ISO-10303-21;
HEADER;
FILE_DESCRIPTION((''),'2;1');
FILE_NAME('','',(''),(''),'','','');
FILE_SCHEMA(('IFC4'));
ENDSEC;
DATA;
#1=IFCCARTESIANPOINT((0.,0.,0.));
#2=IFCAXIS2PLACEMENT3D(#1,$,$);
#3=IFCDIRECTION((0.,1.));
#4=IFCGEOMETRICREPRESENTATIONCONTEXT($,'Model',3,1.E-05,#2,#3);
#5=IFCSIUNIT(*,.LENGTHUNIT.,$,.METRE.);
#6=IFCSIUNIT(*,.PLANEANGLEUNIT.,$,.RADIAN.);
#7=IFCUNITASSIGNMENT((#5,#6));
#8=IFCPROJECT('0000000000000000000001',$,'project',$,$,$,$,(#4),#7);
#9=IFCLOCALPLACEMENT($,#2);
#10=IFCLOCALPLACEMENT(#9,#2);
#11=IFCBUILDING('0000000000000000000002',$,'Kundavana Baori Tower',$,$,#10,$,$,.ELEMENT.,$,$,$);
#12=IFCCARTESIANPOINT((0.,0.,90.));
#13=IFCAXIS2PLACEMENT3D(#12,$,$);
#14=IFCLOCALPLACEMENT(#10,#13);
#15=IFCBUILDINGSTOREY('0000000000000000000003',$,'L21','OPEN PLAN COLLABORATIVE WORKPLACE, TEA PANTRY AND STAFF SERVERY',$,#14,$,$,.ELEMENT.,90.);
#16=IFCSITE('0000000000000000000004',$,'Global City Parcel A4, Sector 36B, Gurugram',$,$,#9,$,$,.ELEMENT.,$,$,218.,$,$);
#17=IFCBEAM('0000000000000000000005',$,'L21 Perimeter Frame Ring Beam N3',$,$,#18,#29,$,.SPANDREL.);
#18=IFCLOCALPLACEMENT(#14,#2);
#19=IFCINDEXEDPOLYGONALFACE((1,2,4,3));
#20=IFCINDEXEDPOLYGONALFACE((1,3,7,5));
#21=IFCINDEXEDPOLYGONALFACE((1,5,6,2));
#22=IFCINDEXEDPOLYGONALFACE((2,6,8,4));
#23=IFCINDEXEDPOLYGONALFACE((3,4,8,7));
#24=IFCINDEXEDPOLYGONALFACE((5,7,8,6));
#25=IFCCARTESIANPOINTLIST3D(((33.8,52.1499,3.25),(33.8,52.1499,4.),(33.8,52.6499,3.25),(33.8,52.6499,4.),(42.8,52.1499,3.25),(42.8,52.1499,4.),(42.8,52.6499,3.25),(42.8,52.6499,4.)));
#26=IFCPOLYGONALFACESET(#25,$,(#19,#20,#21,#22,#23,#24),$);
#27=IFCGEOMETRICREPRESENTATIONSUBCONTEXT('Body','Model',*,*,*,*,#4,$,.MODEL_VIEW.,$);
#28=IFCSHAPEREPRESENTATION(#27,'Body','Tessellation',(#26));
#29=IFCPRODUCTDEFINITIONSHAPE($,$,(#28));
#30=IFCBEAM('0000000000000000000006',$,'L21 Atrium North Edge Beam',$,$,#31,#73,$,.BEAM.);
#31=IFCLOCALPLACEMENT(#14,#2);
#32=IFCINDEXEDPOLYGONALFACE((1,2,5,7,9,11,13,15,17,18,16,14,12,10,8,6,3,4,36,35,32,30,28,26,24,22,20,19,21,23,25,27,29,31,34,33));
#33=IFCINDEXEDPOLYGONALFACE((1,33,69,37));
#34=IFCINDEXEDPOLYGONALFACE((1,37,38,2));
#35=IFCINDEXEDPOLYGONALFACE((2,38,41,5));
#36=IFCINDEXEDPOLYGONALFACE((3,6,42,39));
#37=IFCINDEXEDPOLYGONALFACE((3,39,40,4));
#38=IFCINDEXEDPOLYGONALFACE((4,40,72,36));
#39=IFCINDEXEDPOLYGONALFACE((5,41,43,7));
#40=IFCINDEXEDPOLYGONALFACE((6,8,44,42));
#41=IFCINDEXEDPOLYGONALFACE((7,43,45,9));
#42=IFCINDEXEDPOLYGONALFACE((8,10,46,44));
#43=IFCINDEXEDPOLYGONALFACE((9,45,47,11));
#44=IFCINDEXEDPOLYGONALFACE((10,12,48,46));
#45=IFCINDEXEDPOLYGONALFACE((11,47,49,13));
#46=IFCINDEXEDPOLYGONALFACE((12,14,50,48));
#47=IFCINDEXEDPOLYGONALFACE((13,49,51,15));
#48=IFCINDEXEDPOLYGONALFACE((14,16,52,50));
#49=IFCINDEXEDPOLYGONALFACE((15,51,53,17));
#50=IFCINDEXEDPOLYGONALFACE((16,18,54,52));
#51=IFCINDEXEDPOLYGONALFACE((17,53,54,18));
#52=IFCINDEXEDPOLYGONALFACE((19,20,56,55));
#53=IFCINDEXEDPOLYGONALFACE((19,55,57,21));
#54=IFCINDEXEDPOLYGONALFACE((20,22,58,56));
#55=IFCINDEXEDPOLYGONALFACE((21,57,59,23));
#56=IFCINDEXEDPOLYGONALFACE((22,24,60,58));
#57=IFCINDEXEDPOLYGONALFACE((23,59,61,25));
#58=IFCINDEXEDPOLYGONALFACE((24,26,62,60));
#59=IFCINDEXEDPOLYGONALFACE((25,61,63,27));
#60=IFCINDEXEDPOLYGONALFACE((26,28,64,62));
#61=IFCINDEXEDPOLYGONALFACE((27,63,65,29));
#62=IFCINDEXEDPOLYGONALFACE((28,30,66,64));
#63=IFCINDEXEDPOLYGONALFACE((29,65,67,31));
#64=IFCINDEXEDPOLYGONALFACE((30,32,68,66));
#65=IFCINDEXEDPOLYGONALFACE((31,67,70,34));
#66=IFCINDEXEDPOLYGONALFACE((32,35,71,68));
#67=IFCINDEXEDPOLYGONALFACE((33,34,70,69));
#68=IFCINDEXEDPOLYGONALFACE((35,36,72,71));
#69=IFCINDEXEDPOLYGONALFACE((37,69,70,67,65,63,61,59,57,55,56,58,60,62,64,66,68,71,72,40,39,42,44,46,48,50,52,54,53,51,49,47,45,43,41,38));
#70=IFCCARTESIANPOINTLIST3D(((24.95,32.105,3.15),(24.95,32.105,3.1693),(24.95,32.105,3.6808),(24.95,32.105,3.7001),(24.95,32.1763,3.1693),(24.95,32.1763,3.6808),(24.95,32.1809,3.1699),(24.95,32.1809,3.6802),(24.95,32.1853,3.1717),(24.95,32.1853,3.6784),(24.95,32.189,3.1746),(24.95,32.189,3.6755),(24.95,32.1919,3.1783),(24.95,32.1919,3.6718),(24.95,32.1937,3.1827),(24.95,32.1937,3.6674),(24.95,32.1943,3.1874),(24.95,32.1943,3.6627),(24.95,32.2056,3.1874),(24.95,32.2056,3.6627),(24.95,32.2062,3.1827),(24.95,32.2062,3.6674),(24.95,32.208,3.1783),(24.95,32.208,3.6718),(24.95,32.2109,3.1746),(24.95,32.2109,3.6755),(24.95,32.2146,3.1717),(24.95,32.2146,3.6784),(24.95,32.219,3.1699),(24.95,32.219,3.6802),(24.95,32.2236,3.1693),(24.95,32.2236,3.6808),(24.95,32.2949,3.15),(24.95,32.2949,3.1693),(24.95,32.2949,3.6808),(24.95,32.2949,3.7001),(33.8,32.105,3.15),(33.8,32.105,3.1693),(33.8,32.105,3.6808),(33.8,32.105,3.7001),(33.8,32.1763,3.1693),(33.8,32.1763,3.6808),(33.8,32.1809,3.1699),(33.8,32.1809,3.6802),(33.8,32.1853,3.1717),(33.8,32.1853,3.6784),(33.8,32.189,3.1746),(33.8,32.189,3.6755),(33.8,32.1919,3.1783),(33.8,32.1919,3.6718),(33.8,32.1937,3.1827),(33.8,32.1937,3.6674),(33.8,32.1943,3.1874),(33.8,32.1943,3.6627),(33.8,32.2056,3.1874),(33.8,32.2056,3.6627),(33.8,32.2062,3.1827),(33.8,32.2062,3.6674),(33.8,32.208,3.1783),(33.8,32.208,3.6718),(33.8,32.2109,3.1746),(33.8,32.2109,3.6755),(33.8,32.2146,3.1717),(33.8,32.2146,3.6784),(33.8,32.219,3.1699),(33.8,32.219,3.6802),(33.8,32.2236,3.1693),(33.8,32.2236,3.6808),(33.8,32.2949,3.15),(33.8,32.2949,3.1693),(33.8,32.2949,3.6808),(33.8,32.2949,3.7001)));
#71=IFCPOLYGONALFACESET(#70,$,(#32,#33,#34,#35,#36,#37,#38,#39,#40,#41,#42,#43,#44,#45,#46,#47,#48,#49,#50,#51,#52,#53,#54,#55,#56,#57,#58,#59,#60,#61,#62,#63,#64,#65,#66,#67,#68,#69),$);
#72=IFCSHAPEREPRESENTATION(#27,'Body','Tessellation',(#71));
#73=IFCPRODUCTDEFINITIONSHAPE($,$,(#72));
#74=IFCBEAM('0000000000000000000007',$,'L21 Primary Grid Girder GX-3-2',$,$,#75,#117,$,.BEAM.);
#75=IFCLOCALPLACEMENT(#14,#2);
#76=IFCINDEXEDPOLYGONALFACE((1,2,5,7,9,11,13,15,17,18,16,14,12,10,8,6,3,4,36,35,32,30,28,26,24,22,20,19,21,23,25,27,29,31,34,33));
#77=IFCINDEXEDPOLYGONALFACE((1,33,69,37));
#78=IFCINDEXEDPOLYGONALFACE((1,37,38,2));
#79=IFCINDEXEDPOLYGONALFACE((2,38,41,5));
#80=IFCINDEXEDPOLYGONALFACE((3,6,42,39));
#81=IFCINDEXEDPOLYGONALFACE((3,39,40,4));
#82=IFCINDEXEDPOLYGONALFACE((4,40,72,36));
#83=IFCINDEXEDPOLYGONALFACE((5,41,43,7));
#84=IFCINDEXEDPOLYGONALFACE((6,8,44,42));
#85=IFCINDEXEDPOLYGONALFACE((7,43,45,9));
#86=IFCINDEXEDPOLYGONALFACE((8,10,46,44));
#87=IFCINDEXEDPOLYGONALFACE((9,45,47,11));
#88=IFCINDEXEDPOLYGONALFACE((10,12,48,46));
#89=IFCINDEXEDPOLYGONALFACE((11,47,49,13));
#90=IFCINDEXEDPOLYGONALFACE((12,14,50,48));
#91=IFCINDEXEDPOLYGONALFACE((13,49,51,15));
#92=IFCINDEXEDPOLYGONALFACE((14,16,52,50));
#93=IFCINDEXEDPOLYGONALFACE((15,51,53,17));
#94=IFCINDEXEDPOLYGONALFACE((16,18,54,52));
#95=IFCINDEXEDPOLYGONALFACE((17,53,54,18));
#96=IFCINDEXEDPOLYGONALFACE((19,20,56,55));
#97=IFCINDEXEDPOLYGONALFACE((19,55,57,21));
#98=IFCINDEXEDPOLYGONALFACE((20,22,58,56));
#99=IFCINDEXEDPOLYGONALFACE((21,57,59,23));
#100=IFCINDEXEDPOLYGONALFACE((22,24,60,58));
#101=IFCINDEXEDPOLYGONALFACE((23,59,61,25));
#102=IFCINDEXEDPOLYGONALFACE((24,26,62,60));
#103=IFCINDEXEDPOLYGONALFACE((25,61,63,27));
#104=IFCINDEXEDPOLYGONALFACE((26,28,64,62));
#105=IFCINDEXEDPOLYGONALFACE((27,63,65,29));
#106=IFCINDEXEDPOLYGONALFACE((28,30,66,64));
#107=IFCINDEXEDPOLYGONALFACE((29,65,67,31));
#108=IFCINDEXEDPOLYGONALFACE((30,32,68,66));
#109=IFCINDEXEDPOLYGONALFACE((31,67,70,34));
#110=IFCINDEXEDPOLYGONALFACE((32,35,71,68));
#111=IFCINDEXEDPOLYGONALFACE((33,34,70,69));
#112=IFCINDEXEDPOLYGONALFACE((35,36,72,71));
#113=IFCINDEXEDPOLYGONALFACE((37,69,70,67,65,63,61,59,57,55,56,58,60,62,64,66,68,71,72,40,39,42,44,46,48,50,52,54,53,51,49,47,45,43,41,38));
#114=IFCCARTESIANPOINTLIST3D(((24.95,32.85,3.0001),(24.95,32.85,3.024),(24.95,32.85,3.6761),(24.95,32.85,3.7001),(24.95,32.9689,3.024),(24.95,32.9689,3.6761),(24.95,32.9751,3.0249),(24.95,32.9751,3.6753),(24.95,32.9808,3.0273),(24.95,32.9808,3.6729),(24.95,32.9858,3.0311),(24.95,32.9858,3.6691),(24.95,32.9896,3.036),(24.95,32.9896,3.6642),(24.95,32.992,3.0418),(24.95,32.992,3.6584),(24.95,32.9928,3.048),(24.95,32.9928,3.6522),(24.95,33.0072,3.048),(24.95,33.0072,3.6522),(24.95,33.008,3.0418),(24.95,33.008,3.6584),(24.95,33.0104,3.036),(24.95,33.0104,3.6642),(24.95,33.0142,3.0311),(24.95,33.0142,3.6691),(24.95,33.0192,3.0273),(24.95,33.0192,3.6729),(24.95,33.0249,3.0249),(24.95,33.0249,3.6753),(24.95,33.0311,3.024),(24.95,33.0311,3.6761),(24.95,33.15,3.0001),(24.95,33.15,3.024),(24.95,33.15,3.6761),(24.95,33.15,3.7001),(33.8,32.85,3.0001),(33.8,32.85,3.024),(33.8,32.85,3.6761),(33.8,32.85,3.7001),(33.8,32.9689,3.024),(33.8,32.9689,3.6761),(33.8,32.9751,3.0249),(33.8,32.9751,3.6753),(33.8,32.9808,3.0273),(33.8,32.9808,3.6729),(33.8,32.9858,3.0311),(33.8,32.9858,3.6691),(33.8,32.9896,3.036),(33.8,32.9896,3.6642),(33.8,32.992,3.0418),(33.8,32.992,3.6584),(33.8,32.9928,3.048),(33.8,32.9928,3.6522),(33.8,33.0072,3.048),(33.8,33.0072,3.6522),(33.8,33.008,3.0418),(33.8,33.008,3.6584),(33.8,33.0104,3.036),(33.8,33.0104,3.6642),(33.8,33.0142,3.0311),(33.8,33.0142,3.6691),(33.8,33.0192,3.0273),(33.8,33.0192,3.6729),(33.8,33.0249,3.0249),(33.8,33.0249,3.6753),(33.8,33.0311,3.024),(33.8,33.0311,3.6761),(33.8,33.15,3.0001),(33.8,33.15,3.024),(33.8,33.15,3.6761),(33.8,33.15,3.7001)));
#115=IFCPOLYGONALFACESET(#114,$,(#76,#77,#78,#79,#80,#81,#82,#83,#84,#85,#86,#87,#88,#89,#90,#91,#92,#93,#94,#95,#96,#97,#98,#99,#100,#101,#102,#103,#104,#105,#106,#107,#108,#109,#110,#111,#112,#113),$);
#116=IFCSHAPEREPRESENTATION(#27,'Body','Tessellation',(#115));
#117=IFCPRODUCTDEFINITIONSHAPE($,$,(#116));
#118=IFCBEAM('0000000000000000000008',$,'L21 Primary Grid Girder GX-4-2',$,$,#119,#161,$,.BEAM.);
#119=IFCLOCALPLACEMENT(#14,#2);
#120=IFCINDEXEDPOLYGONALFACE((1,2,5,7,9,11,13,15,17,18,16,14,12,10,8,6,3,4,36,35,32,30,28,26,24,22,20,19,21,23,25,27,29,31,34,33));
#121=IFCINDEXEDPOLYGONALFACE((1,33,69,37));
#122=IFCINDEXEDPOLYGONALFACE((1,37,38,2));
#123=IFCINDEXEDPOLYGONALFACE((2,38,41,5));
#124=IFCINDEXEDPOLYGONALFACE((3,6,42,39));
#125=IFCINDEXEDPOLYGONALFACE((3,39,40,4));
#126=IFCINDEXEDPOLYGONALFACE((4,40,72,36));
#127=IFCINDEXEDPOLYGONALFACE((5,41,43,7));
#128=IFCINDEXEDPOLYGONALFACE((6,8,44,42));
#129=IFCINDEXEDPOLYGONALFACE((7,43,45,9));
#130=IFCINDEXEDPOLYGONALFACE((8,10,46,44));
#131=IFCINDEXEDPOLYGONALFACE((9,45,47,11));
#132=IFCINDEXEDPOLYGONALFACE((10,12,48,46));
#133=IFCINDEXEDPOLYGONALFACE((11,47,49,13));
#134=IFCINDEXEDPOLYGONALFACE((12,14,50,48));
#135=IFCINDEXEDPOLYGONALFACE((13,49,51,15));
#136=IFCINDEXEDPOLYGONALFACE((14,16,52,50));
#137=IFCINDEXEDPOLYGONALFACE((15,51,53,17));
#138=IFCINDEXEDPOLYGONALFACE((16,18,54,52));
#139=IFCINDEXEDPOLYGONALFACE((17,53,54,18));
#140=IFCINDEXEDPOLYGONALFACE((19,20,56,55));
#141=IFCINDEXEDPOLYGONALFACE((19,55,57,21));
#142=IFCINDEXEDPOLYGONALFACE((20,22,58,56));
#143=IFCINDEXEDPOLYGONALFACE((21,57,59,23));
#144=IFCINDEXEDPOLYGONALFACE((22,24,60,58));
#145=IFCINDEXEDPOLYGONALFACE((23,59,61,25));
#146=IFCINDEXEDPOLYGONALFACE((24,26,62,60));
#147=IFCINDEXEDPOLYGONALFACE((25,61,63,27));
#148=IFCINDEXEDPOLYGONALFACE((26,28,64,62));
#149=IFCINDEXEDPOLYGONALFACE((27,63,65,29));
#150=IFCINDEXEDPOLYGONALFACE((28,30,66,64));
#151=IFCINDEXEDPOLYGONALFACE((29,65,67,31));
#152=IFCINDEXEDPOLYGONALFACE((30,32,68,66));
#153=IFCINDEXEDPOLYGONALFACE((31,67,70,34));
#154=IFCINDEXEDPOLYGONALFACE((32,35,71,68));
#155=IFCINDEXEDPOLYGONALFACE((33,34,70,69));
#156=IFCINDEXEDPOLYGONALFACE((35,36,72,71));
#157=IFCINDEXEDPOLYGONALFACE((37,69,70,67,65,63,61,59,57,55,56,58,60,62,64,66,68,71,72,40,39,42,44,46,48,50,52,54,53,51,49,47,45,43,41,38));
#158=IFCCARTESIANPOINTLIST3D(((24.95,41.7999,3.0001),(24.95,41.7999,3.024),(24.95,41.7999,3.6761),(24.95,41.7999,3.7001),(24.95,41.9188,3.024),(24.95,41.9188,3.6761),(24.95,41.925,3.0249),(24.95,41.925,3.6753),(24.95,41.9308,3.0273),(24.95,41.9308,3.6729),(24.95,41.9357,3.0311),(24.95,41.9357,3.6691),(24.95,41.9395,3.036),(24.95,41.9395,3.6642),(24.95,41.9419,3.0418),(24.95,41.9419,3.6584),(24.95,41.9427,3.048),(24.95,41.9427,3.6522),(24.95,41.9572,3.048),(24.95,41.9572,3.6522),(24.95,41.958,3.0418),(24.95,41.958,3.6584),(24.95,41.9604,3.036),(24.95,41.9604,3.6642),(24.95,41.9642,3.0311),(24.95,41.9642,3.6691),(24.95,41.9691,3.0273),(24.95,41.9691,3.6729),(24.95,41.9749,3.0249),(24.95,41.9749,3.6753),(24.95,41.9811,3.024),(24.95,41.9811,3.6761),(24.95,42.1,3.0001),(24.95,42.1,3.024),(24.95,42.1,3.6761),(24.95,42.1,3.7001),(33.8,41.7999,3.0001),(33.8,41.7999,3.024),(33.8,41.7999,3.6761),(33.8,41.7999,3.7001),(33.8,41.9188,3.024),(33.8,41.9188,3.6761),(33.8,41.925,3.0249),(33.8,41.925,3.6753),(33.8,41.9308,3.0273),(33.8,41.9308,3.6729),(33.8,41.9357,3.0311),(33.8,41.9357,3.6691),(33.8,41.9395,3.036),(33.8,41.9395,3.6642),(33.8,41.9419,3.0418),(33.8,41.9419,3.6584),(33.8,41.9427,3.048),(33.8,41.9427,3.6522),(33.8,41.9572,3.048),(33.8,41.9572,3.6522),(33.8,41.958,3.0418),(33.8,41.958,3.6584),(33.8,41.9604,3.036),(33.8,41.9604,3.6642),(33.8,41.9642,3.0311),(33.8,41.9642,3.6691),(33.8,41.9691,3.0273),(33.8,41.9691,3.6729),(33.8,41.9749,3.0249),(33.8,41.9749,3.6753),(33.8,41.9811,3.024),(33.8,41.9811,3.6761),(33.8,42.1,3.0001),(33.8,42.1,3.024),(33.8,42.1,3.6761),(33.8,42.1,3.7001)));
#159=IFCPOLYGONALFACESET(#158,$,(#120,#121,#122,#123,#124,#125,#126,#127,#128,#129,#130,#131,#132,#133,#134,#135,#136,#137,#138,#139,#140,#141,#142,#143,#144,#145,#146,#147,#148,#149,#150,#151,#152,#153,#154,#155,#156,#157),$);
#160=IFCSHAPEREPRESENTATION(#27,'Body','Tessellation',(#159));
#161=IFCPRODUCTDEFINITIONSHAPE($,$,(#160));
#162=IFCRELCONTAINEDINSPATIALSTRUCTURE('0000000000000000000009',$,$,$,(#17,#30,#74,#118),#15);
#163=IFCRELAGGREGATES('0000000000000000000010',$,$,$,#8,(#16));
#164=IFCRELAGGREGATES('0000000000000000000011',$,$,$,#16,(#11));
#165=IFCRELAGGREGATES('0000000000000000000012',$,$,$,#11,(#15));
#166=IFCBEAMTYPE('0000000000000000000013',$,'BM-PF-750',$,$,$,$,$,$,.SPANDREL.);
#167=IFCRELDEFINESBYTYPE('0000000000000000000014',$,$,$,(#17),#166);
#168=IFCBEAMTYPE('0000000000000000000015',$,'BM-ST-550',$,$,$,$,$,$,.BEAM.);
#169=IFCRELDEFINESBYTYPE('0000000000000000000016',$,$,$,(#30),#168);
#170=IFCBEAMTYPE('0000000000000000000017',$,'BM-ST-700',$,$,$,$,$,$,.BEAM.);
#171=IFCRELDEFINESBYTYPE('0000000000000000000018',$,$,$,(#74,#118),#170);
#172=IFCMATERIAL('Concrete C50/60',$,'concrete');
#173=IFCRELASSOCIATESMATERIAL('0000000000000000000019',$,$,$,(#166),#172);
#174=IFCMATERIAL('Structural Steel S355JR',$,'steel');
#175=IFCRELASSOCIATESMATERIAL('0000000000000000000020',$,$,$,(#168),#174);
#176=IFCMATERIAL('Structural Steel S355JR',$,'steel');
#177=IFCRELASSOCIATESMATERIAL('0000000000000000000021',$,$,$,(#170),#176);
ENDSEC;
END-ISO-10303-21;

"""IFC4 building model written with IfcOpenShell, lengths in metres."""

from ifc_helpers import new_model, si_unit, direction, frame, origin, origin_2d, place, context, subcontext, project, spatial, rectangle, i_section, extrude, material, material_profile, profile_set, type_object, element, save


model = new_model("IFC4")

# Units and contexts
model_context = context("Model", 3, precision=1e-05, world=origin(), true_north=direction((0.0, 1.0)))
body_context = subcontext(model_context, "Body", "Model", "MODEL_VIEW")
ifc_project = project(units=[si_unit("LENGTHUNIT", "METRE"), si_unit("PLANEANGLEUNIT", "RADIAN")], contexts=[model_context])

# Site, building, storey
site_placement = place(None, origin())
site = spatial("IfcSite", under=ifc_project, at=site_placement, Name="Global City Parcel A4, Sector 36B, Gurugram", CompositionType="ELEMENT", RefElevation=218.0)
building_placement = place(site_placement, origin())
building = spatial("IfcBuilding", under=site, at=building_placement, Name="Kundavana Baori Tower", CompositionType="ELEMENT")
storey_placement = place(building_placement, frame((0.0, 0.0, 90.0)))
storey = spatial("IfcBuildingStorey", under=building, at=storey_placement, Name="L21", Description="OPEN PLAN COLLABORATIVE WORKPLACE, TEA PANTRY AND STAFF SERVERY", CompositionType="ELEMENT", Elevation=90.0)

# Beams
ifc_material_1 = material(Name="Concrete C50/60", Category="concrete")
ifc_material_profile_1 = material_profile(ifc_material_1, rectangle(XDim=0.5, YDim=0.75, at=origin_2d()), Name="RC BM 500x750")
ifc_profile_set_1 = profile_set([ifc_material_profile_1], Name="Concrete C50/60")
beam_type_1 = type_object("IfcBeamType", Name="BM-PF-750", PredefinedType="SPANDREL", material=ifc_profile_set_1)
beam_1_placement = place(storey_placement, frame((33.8, 52.3999, 3.625), z_axis=(1.0, 0.0, 0.0), x_axis=(0.0, 1.0, 0.0)))
element("IfcBeam", 1, at=beam_1_placement, inside=storey, type_object=beam_type_1, Name="L21 Perimeter Frame Ring Beam N3", PredefinedType="SPANDREL", context=body_context, shape_type="SweptSolid", body=[
    extrude(rectangle(XDim=0.5, YDim=0.75, at=origin_2d()), origin(), (0.0, 0.0, 1.0), 9.0),
])
ifc_material_2 = material(Name="Structural Steel S355JR", Category="steel")
ifc_material_profile_2 = material_profile(ifc_material_2, i_section(OverallWidth=0.1899, OverallDepth=0.55, WebThickness=0.0112, FlangeThickness=0.0193, FilletRadius=0.0181, at=origin_2d()), Name="ISMB 550")
ifc_profile_set_2 = profile_set([ifc_material_profile_2], Name="Structural Steel S355JR")
beam_type_2 = type_object("IfcBeamType", Name="BM-ST-550", PredefinedType="BEAM", material=ifc_profile_set_2)
beam_2_placement = place(storey_placement, frame((24.95, 32.2, 3.425), z_axis=(1.0, 0.0, 0.0), x_axis=(0.0, 1.0, 0.0)))
element("IfcBeam", 2, at=beam_2_placement, inside=storey, type_object=beam_type_2, Name="L21 Atrium North Edge Beam", PredefinedType="BEAM", context=body_context, shape_type="SweptSolid", body=[
    extrude(i_section(OverallWidth=0.1899, OverallDepth=0.55, WebThickness=0.0112, FlangeThickness=0.0193, FilletRadius=0.0181, at=origin_2d()), origin(), (0.0, 0.0, 1.0), 8.8501),
])
ifc_material_3 = material(Name="Structural Steel S355JR", Category="steel")
ifc_material_profile_3 = material_profile(ifc_material_3, i_section(OverallWidth=0.3, OverallDepth=0.7, WebThickness=0.0144, FlangeThickness=0.0239, FilletRadius=0.0239, at=origin_2d()), Name="NPB 700x300x170")
ifc_profile_set_3 = profile_set([ifc_material_profile_3], Name="Structural Steel S355JR")
beam_type_3 = type_object("IfcBeamType", Name="BM-ST-700", PredefinedType="BEAM", material=ifc_profile_set_3)
for number, where, z_axis, x_axis, name in (
    (3, (24.95, 33.0, 3.3501), (1.0, 0.0, 0.0), (0.0, 1.0, 0.0), "L21 Primary Grid Girder GX-3-2"),
    (4, (24.95, 41.95, 3.3501), (1.0, 0.0, 0.0), (0.0, 1.0, 0.0), "L21 Primary Grid Girder GX-4-2"),
):
    element("IfcBeam", number, at=place(storey_placement, frame(where, z_axis=z_axis, x_axis=x_axis)), inside=storey, type_object=beam_type_3, Name=name, PredefinedType="BEAM", context=body_context, shape_type="SweptSolid", body=[
        extrude(i_section(OverallWidth=0.3, OverallDepth=0.7, WebThickness=0.0144, FlangeThickness=0.0239, FilletRadius=0.0239, at=origin_2d()), origin(), (0.0, 0.0, 1.0), 8.8501),
    ])

save(model, "model.ifc")
